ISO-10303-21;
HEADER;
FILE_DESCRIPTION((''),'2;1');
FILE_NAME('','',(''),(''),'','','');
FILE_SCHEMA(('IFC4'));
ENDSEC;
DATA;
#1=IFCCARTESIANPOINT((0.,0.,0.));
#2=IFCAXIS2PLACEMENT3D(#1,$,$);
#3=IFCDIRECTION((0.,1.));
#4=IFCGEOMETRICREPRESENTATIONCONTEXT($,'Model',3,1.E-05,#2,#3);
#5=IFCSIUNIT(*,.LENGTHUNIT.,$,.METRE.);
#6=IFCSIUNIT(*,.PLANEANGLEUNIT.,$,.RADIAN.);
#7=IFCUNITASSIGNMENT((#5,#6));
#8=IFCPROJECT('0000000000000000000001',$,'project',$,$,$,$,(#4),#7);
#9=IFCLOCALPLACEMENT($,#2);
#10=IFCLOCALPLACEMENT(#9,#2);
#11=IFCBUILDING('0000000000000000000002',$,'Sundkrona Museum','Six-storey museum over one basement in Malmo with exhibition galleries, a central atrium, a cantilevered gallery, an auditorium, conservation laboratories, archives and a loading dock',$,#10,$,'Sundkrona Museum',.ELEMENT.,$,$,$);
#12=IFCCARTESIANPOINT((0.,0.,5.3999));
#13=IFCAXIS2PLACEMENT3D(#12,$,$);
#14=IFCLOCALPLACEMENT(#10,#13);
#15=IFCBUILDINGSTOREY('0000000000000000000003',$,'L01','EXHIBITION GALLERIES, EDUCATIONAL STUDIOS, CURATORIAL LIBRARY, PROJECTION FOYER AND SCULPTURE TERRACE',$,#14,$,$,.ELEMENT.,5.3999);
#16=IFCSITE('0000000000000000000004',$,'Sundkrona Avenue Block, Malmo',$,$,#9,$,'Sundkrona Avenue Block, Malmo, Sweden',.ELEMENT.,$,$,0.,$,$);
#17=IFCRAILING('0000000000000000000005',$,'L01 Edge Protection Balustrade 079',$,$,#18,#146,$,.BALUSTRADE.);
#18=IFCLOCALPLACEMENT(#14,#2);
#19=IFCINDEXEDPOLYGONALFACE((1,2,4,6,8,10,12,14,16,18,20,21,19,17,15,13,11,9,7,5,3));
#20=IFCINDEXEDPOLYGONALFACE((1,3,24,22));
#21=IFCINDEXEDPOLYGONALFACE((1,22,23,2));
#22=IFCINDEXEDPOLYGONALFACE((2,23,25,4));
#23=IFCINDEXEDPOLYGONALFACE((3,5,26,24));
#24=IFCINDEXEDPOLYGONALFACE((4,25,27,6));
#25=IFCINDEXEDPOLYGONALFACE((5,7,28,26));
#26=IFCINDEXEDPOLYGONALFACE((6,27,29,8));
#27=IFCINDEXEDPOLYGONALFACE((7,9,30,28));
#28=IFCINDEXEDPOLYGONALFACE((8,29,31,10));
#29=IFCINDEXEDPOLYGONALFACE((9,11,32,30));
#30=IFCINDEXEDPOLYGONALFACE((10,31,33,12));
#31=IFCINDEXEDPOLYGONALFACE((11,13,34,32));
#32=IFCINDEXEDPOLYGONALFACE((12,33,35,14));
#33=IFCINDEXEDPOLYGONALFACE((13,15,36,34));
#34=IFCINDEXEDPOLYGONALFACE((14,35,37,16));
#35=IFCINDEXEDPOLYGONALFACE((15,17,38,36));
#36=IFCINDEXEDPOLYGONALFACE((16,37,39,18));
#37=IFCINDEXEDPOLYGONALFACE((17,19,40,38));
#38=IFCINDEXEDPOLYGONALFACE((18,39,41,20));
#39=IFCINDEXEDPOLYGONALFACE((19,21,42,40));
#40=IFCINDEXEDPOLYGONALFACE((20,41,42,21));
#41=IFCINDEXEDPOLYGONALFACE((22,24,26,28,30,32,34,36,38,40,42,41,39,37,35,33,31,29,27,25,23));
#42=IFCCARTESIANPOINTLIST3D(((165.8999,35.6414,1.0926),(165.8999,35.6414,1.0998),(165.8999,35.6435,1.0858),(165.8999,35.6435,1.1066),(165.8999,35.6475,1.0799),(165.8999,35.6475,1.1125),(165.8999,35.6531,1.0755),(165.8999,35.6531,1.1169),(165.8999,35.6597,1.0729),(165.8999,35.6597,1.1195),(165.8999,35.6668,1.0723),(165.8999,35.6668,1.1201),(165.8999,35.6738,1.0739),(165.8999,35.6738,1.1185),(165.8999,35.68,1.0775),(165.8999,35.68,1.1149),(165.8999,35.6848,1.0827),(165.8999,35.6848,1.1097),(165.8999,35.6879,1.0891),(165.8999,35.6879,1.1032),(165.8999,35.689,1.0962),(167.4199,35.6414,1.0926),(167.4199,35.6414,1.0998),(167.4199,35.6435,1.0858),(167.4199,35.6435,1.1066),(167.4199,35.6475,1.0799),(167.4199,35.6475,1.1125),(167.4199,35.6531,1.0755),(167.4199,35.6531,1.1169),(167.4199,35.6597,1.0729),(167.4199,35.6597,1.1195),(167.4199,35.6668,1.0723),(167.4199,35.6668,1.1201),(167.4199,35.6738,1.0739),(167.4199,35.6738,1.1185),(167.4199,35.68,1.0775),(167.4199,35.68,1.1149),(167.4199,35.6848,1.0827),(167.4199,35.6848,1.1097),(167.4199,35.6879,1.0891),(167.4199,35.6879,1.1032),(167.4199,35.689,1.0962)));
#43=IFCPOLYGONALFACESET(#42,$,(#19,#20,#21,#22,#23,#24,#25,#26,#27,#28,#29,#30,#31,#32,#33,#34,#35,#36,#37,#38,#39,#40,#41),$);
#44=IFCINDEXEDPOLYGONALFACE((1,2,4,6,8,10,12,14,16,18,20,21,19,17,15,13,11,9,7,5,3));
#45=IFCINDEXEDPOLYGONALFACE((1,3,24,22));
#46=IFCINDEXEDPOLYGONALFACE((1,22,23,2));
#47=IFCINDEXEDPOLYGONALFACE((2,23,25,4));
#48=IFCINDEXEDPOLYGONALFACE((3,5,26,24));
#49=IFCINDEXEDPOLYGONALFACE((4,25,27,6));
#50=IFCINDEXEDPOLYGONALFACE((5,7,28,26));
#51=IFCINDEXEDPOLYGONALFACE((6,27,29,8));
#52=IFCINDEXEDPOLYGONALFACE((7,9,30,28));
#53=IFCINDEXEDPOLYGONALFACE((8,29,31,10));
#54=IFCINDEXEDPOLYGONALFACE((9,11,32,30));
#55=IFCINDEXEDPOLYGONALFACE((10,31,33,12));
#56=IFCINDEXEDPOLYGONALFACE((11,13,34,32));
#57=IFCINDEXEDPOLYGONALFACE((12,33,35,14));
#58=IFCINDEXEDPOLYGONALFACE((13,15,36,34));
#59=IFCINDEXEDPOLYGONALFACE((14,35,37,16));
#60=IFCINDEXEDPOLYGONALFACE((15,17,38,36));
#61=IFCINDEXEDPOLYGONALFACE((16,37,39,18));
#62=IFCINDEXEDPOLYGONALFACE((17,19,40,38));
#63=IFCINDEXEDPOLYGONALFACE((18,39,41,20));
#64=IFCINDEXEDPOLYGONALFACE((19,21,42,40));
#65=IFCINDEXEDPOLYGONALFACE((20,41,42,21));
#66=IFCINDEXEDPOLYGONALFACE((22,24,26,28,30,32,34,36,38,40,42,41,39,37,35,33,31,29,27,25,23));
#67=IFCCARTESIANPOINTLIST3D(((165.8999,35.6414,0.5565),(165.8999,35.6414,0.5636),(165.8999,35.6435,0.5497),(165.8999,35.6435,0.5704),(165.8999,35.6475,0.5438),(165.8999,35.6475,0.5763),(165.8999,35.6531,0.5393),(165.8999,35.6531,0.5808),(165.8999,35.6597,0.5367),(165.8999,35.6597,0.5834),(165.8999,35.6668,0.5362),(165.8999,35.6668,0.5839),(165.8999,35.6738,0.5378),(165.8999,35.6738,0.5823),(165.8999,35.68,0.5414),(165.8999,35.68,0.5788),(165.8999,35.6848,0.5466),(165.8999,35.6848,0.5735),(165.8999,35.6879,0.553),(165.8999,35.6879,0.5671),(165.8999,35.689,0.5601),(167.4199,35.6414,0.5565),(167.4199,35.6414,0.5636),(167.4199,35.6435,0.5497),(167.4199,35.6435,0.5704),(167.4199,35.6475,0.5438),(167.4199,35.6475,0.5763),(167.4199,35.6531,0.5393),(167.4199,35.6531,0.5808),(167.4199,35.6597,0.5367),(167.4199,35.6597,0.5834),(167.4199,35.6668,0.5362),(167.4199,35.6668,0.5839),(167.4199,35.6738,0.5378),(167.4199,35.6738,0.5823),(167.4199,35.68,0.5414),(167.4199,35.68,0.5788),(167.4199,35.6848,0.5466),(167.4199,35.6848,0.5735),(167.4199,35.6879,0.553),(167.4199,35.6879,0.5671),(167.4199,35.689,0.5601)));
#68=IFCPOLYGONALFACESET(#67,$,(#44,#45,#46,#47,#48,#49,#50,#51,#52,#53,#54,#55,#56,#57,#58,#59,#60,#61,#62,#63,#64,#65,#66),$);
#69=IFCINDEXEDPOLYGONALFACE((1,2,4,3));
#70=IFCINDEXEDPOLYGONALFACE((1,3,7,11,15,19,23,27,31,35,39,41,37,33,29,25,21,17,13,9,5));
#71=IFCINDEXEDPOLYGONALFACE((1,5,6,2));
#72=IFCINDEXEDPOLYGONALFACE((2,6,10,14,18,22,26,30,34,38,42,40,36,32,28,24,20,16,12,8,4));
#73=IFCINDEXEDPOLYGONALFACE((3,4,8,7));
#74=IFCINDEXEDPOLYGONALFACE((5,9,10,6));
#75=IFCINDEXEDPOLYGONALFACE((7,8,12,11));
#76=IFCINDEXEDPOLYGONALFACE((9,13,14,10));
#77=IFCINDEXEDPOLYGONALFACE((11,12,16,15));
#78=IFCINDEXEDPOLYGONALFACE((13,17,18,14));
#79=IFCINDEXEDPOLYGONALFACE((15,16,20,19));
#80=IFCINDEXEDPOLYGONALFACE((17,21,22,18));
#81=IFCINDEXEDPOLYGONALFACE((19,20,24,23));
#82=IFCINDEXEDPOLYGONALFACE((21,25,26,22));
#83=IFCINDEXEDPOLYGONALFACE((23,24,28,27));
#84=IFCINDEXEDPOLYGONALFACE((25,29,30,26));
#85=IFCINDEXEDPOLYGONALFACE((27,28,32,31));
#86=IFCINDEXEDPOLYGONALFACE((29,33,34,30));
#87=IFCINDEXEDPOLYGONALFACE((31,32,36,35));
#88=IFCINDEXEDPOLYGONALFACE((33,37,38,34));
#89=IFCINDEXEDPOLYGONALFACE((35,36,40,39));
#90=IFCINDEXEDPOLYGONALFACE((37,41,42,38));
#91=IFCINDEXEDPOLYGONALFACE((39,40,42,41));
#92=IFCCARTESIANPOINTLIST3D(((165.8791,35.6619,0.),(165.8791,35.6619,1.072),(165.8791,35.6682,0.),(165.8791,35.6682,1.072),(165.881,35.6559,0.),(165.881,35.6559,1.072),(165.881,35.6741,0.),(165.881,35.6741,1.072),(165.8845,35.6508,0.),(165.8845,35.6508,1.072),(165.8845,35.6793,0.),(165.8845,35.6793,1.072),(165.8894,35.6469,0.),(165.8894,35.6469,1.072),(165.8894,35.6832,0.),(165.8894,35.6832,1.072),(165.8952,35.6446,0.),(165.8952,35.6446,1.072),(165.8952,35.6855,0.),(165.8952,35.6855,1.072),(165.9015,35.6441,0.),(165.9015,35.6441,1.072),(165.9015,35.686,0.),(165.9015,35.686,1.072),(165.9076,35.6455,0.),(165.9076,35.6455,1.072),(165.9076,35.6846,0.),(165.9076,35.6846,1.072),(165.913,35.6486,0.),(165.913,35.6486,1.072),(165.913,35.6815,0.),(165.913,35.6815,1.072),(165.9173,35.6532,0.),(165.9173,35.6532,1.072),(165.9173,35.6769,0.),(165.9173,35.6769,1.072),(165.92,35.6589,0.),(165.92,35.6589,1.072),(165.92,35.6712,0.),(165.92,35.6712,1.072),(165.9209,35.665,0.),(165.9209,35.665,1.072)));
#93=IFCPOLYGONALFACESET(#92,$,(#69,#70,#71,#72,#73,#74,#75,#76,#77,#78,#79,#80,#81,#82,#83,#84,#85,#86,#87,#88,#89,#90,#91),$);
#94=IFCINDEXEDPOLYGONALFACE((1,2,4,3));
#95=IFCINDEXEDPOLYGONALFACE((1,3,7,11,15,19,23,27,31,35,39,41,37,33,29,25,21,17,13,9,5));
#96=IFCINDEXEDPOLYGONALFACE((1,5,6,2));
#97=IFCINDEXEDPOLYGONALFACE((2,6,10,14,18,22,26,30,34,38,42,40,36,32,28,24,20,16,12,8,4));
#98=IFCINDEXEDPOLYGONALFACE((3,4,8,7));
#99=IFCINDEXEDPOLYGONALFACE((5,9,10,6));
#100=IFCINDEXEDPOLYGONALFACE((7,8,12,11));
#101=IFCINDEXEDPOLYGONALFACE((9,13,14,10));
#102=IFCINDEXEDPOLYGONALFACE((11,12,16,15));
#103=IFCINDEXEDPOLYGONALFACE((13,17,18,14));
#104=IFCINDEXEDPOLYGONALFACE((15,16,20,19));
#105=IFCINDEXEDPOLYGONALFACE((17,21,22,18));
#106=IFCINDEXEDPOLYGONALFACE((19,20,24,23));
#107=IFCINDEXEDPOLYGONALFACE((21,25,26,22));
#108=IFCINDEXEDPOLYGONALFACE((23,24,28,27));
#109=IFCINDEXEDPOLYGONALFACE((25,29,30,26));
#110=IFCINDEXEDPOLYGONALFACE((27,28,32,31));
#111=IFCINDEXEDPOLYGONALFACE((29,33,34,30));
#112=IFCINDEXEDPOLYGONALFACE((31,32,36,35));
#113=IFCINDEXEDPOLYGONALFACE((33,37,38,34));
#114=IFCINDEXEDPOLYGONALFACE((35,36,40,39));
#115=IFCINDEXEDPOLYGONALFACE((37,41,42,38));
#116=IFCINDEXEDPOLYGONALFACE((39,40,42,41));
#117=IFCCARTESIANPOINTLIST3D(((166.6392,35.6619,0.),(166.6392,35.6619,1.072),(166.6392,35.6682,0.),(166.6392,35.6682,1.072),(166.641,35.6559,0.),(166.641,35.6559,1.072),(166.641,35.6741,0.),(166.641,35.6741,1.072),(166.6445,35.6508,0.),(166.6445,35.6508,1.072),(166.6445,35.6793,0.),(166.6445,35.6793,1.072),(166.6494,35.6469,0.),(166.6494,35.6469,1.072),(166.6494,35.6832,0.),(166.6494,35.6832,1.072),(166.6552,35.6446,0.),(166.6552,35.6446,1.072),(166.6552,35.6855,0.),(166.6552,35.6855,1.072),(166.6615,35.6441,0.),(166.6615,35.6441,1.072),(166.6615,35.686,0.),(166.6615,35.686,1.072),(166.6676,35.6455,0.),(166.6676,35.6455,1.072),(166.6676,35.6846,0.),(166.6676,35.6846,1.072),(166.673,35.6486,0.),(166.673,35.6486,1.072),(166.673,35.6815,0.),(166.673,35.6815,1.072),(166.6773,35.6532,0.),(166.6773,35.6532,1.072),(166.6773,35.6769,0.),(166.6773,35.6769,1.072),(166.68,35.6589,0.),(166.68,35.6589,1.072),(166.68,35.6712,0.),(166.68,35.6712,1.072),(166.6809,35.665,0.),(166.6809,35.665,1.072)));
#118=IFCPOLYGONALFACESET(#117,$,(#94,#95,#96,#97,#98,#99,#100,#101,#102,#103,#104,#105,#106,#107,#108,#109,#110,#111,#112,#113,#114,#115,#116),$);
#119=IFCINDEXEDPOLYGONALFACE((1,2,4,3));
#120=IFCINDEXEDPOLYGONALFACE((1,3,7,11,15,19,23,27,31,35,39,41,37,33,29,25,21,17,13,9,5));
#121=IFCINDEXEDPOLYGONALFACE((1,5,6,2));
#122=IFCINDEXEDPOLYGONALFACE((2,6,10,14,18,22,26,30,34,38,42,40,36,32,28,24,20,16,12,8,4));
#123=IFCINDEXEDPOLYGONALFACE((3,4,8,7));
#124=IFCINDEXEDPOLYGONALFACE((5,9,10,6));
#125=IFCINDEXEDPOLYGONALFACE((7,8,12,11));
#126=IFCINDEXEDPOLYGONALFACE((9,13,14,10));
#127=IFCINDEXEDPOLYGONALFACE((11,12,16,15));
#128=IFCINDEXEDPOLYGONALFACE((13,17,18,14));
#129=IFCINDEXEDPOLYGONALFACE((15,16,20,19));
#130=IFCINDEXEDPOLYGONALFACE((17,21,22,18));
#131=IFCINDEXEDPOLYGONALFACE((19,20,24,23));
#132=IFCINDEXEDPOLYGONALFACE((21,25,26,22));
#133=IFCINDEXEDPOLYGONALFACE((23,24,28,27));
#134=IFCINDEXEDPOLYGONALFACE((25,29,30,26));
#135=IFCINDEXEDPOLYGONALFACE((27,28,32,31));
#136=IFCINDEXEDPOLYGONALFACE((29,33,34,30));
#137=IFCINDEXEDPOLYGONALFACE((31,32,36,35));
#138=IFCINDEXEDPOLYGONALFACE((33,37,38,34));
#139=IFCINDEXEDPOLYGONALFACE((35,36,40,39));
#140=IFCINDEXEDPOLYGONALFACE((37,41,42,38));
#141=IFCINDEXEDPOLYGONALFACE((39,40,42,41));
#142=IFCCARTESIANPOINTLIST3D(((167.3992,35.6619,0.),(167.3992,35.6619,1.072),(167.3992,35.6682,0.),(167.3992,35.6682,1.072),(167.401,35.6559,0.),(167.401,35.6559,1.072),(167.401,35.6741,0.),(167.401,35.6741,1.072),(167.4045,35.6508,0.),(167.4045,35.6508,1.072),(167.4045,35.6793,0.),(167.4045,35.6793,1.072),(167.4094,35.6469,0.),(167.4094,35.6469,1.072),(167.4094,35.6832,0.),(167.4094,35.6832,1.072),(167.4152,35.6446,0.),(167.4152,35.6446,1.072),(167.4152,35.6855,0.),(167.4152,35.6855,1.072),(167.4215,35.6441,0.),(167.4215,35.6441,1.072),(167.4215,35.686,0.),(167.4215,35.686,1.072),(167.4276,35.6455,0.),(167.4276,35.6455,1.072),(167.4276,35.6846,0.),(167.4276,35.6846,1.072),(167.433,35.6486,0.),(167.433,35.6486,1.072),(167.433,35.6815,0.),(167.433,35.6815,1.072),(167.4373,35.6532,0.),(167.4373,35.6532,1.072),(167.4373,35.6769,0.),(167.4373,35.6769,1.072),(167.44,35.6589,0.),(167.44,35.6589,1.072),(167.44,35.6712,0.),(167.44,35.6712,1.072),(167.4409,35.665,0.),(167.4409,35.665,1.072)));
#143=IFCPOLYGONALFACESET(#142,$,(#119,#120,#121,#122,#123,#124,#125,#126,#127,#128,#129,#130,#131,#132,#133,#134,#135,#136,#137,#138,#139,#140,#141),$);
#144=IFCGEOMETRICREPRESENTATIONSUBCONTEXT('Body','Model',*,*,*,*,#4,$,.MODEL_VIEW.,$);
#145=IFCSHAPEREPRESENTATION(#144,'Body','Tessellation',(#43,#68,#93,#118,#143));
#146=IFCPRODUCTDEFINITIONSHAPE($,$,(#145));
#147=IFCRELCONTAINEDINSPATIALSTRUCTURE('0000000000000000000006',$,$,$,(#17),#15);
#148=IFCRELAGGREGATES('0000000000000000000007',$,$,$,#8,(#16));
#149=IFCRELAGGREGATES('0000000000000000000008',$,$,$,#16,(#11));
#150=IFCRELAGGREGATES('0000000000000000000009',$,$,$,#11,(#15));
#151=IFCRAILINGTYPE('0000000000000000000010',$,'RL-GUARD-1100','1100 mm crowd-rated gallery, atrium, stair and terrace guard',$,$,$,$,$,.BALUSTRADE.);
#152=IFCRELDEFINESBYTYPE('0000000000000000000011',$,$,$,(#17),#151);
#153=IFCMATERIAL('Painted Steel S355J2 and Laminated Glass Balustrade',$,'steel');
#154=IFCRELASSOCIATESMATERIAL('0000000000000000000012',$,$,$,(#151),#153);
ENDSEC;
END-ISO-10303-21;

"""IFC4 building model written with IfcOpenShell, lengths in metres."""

from ifc_helpers import new_model, si_unit, direction, frame, origin, origin_2d, place, context, subcontext, project, spatial, circle, extrude, material, type_object, element, save


model = new_model("IFC4")

# Units and contexts
model_context = context("Model", 3, precision=1e-05, world=origin(), true_north=direction((0.0, 1.0)))
body_context = subcontext(model_context, "Body", "Model", "MODEL_VIEW")
ifc_project = project(units=[si_unit("LENGTHUNIT", "METRE"), si_unit("PLANEANGLEUNIT", "RADIAN")], contexts=[model_context])

# Site, building, storey
site_placement = place(None, origin())
site = spatial("IfcSite", under=ifc_project, at=site_placement, Name="Sundkrona Avenue Block, Malmo", LongName="Sundkrona Avenue Block, Malmo, Sweden", CompositionType="ELEMENT", RefElevation=0.0)
building_placement = place(site_placement, origin())
building = spatial("IfcBuilding", under=site, at=building_placement, Name="Sundkrona Museum", Description="Six-storey museum over one basement in Malmo with exhibition galleries, a central atrium, a cantilevered gallery, an auditorium, conservation laboratories, archives and a loading dock", LongName="Sundkrona Museum", CompositionType="ELEMENT")
storey_placement = place(building_placement, frame((0.0, 0.0, 5.3999)))
storey = spatial("IfcBuildingStorey", under=building, at=storey_placement, Name="L01", Description="EXHIBITION GALLERIES, EDUCATIONAL STUDIOS, CURATORIAL LIBRARY, PROJECTION FOYER AND SCULPTURE TERRACE", CompositionType="ELEMENT", Elevation=5.3999)

# Railing
ifc_material_1 = material(Name="Painted Steel S355J2 and Laminated Glass Balustrade", Category="steel")
railing_type_1 = type_object("IfcRailingType", Name="RL-GUARD-1100", Description="1100 mm crowd-rated gallery, atrium, stair and terrace guard", PredefinedType="BALUSTRADE", material=ifc_material_1)
for number, where, name in (
    (1, (165.8999, 35.665, 0.0), "L01 Edge Protection Balustrade 079"),
):
    element("IfcRailing", number, at=place(storey_placement, frame(where)), inside=storey, type_object=railing_type_1, Name=name, PredefinedType="BALUSTRADE", context=body_context, shape_type="SweptSolid", body=[
        extrude(circle(Radius=0.0239, at=origin_2d()), frame((0.0, 0.0, 1.0962), z_axis=(1.0, 0.0, 0.0), x_axis=(0.0, 1.0, 0.0)), (0.0, 0.0, 1.0), 1.52),
        extrude(circle(Radius=0.0239, at=origin_2d()), frame((0.0, 0.0, 0.5601), z_axis=(1.0, 0.0, 0.0), x_axis=(0.0, 1.0, 0.0)), (0.0, 0.0, 1.0), 1.52),
        extrude(circle(Radius=0.021, at=origin_2d()), origin(), (0.0, 0.0, 1.0), 1.072),
        extrude(circle(Radius=0.021, at=origin_2d()), frame((0.76, 0.0, 0.0)), (0.0, 0.0, 1.0), 1.072),
        extrude(circle(Radius=0.021, at=origin_2d()), frame((1.52, 0.0, 0.0)), (0.0, 0.0, 1.0), 1.072),
    ])

save(model, "model.ifc")
